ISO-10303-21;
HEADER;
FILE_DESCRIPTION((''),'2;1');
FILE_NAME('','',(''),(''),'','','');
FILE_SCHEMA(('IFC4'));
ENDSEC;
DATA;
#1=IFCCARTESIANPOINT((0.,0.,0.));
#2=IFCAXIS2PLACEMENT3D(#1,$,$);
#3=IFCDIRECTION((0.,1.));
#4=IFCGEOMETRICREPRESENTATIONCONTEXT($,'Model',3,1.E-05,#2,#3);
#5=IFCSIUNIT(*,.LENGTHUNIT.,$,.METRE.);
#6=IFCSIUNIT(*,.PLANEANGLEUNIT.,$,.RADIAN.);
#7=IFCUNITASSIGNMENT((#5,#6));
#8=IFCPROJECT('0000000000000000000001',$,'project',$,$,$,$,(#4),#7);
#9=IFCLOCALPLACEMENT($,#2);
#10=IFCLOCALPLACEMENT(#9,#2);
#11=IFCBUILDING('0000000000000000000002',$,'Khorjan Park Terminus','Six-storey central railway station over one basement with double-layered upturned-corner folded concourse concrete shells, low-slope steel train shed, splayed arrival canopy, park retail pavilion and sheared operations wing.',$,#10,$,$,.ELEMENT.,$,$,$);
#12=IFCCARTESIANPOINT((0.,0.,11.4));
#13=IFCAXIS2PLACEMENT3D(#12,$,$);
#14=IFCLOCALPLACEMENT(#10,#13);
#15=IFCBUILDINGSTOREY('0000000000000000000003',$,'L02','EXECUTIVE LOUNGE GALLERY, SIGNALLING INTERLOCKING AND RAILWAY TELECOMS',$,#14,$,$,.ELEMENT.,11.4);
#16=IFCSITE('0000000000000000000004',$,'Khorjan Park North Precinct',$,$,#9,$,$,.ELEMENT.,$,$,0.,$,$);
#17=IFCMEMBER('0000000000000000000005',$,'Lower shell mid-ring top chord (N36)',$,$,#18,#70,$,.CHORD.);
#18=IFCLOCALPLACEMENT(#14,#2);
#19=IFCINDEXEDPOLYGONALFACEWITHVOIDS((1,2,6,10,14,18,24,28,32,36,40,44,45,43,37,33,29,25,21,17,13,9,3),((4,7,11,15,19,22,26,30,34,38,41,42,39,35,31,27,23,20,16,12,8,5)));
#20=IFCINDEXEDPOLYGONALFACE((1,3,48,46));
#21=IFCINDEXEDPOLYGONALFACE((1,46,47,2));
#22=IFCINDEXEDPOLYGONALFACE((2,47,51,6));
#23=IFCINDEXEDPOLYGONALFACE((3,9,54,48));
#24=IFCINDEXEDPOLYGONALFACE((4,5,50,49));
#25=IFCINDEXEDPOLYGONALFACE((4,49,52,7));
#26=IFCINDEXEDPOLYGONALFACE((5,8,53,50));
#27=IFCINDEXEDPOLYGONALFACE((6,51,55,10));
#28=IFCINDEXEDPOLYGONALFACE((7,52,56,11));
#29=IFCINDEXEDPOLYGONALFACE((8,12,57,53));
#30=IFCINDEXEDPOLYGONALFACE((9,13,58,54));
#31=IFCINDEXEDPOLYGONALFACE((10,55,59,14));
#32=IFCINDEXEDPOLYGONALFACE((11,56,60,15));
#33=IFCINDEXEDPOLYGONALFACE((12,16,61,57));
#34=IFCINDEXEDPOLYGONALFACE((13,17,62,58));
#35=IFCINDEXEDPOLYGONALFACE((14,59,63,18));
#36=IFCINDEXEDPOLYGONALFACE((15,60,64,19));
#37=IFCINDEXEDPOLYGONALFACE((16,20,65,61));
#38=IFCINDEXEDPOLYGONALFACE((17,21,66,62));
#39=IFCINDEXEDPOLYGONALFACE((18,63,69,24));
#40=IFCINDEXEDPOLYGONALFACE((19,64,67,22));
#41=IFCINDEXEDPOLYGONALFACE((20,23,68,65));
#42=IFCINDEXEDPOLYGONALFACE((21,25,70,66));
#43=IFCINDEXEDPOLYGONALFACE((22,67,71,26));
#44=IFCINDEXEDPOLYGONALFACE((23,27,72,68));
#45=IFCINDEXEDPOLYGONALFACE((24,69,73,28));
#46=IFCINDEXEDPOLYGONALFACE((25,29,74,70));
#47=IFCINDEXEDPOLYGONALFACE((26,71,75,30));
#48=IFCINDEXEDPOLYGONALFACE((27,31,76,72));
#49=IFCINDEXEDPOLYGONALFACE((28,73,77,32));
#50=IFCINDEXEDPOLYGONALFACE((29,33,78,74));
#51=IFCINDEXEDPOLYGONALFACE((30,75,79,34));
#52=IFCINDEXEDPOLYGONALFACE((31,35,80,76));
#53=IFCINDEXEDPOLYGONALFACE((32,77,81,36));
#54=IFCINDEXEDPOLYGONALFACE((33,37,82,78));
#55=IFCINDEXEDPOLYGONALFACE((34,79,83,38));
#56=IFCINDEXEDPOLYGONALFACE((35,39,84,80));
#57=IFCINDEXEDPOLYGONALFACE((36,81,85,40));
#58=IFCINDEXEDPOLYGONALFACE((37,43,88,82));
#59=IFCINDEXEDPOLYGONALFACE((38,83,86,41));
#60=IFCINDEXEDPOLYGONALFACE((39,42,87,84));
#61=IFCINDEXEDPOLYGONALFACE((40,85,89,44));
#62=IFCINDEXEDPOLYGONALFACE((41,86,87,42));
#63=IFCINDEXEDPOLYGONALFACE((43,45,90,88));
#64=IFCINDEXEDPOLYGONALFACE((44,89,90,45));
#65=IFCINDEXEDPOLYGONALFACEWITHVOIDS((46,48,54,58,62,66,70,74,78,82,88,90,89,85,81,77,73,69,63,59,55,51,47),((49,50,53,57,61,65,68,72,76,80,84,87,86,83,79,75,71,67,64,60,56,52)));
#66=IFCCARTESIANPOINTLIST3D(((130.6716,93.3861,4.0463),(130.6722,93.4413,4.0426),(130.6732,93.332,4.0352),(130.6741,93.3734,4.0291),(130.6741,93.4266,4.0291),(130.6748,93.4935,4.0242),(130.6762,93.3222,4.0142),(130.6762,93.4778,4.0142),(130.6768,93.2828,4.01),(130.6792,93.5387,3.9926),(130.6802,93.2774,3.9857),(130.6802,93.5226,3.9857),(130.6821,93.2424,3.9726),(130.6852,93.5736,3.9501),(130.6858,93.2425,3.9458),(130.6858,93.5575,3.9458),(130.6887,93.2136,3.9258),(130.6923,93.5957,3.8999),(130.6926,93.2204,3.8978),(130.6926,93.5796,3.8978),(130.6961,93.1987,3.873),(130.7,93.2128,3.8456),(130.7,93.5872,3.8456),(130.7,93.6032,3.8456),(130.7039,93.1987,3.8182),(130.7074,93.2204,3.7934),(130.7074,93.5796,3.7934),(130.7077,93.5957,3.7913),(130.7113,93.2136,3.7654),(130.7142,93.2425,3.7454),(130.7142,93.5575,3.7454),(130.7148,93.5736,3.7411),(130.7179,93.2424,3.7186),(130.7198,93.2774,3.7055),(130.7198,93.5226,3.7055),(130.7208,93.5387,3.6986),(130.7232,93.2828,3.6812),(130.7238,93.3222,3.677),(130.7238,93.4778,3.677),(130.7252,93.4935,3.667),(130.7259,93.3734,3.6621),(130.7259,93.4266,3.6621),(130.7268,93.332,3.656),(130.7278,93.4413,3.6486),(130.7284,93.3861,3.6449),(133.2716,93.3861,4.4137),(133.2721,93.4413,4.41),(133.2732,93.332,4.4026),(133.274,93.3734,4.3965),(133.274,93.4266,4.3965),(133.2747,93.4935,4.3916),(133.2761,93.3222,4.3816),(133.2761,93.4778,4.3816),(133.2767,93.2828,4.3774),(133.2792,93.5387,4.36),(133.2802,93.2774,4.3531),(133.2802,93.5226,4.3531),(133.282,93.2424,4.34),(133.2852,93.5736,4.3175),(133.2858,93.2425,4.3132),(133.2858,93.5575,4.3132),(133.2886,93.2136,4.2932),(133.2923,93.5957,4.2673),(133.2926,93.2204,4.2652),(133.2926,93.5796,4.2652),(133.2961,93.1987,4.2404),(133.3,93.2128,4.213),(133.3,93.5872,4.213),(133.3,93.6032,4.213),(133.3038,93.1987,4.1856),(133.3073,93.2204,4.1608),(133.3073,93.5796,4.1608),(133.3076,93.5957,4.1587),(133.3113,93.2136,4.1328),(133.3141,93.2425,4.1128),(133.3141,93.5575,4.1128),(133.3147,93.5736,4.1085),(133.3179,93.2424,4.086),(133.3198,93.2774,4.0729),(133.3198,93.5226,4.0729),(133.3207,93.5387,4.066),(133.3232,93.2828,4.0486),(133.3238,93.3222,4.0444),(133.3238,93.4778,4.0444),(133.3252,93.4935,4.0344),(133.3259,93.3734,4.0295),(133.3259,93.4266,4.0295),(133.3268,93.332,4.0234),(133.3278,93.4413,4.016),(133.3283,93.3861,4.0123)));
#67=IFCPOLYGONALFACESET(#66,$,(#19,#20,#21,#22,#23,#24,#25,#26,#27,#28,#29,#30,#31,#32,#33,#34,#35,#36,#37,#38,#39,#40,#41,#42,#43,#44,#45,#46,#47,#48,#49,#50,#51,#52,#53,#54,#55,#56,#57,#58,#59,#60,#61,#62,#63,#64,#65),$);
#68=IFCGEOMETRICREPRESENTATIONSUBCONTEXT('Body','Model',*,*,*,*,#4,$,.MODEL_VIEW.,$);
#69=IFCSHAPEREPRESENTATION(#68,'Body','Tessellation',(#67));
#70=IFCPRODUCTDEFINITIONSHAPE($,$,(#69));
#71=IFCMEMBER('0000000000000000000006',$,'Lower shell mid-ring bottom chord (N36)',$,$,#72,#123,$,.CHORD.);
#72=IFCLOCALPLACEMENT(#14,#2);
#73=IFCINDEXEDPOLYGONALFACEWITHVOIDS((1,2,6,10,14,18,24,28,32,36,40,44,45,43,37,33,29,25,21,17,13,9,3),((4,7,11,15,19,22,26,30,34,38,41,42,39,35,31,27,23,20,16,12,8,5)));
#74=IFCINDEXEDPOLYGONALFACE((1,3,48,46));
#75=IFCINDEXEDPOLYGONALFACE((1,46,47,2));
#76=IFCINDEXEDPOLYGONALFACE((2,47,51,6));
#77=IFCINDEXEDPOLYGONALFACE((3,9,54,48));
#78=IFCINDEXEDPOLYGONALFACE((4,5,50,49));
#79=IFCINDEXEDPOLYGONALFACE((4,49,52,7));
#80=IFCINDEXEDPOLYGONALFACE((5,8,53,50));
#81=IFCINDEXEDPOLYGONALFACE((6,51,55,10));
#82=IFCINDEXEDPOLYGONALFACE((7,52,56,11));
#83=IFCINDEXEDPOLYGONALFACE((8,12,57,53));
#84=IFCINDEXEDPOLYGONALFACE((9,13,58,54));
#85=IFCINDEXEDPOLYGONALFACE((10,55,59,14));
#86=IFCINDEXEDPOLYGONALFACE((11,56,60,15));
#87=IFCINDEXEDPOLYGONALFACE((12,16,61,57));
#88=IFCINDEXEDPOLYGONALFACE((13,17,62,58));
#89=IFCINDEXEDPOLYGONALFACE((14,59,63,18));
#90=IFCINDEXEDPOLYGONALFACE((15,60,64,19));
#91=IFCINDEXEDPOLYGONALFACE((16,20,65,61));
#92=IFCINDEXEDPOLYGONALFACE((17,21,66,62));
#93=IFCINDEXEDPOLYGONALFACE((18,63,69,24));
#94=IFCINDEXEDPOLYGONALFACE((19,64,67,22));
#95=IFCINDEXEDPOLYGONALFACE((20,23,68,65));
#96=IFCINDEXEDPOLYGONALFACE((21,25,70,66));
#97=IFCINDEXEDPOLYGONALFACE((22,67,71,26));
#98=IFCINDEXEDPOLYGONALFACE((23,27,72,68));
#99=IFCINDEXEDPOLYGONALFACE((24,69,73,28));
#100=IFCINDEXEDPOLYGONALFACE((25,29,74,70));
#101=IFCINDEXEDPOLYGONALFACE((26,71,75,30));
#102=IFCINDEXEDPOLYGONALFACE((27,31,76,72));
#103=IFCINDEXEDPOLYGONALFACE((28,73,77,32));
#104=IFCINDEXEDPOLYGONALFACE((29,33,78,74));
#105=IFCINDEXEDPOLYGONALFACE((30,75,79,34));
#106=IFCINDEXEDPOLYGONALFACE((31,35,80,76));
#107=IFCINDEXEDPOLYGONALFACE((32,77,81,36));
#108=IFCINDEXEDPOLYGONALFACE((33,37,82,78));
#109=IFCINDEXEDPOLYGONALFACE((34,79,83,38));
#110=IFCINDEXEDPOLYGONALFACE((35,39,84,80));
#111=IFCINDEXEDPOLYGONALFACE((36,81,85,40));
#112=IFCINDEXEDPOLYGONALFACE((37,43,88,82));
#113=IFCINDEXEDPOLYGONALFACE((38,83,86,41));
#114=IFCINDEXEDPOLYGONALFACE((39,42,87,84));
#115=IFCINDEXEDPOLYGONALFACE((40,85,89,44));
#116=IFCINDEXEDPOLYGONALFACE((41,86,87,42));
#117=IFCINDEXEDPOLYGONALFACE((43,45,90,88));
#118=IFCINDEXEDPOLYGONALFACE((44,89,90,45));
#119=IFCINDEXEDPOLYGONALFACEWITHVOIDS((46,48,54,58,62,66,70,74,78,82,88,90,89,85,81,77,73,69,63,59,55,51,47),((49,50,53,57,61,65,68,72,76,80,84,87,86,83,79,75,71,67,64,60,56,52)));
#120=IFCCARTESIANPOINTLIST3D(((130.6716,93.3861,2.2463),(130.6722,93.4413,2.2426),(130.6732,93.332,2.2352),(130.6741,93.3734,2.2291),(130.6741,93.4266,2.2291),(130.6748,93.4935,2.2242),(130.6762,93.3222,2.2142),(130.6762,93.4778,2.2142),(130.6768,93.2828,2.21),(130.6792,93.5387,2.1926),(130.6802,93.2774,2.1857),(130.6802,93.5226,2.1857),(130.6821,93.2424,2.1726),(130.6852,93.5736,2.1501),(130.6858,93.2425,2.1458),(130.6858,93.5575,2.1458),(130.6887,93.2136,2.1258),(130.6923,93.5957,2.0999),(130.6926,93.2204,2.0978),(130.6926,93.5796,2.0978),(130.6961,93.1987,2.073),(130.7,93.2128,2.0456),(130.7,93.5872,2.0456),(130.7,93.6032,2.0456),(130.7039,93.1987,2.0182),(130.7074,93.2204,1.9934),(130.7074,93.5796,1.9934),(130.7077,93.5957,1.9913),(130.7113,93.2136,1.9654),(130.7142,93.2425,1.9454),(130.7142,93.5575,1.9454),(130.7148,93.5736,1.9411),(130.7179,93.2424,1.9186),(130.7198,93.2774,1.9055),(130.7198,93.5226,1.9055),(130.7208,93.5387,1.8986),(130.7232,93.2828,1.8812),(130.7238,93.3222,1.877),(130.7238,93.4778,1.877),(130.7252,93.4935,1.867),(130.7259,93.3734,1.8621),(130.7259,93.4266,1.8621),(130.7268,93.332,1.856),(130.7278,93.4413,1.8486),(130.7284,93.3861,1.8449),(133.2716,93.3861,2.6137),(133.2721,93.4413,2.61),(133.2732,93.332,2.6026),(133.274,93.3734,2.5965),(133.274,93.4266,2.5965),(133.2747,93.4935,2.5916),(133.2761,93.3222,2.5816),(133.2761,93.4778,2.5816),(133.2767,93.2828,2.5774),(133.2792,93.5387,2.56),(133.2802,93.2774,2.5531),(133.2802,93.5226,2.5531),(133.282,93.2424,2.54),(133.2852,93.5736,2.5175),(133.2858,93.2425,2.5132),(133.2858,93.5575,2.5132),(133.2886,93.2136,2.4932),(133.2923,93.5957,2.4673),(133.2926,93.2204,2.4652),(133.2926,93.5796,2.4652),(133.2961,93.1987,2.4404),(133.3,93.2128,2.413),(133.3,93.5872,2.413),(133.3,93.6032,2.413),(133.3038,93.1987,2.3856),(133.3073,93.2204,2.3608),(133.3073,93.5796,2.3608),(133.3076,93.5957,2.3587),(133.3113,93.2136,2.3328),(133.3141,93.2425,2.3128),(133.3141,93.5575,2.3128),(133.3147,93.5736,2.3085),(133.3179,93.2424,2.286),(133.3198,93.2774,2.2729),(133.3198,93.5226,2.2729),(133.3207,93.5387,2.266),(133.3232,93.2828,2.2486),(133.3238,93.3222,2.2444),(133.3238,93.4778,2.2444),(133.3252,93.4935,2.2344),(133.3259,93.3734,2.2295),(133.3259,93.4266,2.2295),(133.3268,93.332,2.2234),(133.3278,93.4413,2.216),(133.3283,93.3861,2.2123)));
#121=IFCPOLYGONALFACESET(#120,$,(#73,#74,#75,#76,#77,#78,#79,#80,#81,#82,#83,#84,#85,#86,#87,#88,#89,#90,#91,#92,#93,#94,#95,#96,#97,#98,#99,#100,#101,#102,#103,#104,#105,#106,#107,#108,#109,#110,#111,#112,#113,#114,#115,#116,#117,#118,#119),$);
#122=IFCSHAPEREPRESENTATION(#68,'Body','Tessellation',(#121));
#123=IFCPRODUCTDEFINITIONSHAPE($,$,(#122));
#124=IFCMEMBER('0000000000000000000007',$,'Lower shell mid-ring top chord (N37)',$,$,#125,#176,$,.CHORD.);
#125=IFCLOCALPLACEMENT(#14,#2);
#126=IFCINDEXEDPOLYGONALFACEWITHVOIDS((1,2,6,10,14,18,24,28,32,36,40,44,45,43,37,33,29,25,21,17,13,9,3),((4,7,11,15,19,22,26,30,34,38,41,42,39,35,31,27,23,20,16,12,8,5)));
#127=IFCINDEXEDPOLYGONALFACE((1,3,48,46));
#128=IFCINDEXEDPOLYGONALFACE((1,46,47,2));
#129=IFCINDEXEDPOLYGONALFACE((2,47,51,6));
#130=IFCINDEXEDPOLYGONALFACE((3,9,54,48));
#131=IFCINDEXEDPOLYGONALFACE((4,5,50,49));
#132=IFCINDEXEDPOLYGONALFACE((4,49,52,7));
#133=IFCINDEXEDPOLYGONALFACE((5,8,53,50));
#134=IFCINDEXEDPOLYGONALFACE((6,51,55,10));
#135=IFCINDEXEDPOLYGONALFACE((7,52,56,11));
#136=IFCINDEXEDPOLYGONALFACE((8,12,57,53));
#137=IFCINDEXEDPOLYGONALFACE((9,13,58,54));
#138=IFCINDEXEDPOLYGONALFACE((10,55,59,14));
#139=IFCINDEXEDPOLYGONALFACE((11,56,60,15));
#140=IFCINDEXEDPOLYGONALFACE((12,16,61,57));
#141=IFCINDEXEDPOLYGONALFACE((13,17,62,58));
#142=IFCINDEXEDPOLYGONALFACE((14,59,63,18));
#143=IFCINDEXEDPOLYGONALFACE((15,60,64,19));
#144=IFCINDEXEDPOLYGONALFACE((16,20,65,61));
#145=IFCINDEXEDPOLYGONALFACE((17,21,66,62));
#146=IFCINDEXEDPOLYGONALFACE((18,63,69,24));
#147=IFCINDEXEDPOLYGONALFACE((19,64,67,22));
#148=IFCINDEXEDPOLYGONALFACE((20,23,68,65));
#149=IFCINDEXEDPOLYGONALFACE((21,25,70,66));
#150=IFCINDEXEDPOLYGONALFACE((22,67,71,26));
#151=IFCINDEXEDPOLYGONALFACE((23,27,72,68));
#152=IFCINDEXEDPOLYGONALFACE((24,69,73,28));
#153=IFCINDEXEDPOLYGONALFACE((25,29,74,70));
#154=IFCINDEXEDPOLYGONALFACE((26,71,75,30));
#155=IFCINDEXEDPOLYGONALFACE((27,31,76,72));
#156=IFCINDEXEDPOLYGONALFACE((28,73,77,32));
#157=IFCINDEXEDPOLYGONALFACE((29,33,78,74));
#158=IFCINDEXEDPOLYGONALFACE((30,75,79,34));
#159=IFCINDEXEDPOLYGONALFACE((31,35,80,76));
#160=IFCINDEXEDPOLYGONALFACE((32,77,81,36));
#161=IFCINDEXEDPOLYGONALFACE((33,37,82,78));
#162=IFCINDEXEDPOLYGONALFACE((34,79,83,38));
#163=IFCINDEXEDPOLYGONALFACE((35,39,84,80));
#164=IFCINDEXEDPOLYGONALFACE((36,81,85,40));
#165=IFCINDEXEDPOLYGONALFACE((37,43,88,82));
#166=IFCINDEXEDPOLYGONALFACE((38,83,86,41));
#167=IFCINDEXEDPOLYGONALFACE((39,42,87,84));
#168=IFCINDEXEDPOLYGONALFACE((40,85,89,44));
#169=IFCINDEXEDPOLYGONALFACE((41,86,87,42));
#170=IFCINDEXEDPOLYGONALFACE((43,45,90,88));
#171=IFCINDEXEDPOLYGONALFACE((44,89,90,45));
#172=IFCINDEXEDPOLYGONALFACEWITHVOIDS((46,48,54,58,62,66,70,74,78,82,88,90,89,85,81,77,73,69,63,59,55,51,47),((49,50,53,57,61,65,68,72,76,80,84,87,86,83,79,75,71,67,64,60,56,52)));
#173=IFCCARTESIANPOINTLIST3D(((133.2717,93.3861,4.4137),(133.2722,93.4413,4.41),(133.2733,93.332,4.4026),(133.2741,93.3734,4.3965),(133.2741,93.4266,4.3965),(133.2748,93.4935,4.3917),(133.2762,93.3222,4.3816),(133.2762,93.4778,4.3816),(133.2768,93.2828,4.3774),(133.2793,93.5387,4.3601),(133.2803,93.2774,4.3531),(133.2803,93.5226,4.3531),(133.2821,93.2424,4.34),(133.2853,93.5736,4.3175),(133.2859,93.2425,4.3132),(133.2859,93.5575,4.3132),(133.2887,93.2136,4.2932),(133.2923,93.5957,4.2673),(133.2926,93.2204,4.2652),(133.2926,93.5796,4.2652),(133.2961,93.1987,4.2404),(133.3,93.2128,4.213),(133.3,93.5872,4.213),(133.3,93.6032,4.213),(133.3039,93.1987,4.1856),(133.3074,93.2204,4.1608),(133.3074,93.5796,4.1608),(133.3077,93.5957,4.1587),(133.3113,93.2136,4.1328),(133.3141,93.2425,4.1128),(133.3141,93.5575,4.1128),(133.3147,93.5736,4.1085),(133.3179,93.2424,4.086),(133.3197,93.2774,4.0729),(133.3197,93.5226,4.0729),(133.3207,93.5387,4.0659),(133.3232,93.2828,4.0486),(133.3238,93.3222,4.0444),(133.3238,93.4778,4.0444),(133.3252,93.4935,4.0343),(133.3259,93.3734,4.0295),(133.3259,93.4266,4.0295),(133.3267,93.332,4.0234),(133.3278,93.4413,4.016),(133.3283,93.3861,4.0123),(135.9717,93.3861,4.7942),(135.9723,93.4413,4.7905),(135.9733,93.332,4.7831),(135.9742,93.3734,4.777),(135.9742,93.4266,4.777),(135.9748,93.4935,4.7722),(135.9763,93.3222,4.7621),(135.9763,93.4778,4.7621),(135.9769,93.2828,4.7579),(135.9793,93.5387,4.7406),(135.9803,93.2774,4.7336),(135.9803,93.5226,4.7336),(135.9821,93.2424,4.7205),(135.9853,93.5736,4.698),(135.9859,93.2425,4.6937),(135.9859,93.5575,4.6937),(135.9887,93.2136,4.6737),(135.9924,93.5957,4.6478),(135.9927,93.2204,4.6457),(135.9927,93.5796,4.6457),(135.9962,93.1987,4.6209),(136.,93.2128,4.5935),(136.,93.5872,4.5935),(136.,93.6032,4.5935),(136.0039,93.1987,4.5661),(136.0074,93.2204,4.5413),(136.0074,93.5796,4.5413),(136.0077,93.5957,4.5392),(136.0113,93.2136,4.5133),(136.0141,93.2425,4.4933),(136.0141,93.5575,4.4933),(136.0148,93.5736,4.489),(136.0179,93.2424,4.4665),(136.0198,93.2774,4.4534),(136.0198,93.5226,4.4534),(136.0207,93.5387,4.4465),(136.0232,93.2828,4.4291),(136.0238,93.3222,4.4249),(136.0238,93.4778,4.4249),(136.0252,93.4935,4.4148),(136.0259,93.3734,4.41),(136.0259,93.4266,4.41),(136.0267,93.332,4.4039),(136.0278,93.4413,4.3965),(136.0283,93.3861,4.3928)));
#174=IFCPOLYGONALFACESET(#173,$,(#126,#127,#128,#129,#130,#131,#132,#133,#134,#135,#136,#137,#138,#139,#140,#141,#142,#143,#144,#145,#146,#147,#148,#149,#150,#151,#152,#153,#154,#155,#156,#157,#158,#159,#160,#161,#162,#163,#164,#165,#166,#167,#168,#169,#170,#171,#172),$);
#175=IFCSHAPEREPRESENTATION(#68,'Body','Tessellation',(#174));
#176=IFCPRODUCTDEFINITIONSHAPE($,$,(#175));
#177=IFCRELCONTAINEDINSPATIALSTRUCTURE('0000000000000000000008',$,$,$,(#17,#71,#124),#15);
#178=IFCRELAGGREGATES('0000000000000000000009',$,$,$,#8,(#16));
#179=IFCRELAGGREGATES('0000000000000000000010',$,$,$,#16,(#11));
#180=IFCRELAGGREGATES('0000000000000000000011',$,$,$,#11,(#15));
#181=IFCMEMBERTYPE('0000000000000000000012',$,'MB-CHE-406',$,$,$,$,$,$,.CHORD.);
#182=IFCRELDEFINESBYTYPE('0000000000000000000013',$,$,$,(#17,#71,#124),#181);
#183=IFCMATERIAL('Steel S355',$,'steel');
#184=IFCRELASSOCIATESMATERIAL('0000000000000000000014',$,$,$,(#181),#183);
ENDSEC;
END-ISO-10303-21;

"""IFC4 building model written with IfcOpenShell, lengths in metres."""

from ifc_helpers import new_model, si_unit, direction, frame, origin, origin_2d, place, context, subcontext, project, spatial, hollow_circle, extrude, material, material_profile, profile_set, type_object, element, save


model = new_model("IFC4")

# Units and contexts
model_context = context("Model", 3, precision=1e-05, world=origin(), true_north=direction((0.0, 1.0)))
body_context = subcontext(model_context, "Body", "Model", "MODEL_VIEW")
ifc_project = project(units=[si_unit("LENGTHUNIT", "METRE"), si_unit("PLANEANGLEUNIT", "RADIAN")], contexts=[model_context])

# Site, building, storey
site_placement = place(None, origin())
site = spatial("IfcSite", under=ifc_project, at=site_placement, Name="Khorjan Park North Precinct", CompositionType="ELEMENT", RefElevation=0.0)
building_placement = place(site_placement, origin())
building = spatial("IfcBuilding", under=site, at=building_placement, Name="Khorjan Park Terminus", Description="Six-storey central railway station over one basement with double-layered upturned-corner folded concourse concrete shells, low-slope steel train shed, splayed arrival canopy, park retail pavilion and sheared operations wing.", CompositionType="ELEMENT")
storey_placement = place(building_placement, frame((0.0, 0.0, 11.4)))
storey = spatial("IfcBuildingStorey", under=building, at=storey_placement, Name="L02", Description="EXECUTIVE LOUNGE GALLERY, SIGNALLING INTERLOCKING AND RAILWAY TELECOMS", CompositionType="ELEMENT", Elevation=11.4)

# Members
ifc_material_1 = material(Name="Steel S355", Category="steel")
ifc_material_profile_1 = material_profile(ifc_material_1, hollow_circle(Radius=0.2032, WallThickness=0.016, at=origin_2d()), Name="CHS 406.4x16")
ifc_profile_set_1 = profile_set([ifc_material_profile_1], Name="Steel S355")
member_type_1 = type_object("IfcMemberType", Name="MB-CHE-406", PredefinedType="CHORD", material=ifc_profile_set_1)
for number, where, z_axis, x_axis, name in (
    (1, (130.7, 93.4, 3.8456), (0.990163, 0.0, 0.139918), (0.0, 1.0, 0.0), "Lower shell mid-ring top chord (N36)"),
    (2, (130.7, 93.4, 2.0456), (0.990163, 0.0, 0.139918), (0.0, 1.0, 0.0), "Lower shell mid-ring bottom chord (N36)"),
):
    element("IfcMember", number, at=place(storey_placement, frame(where, z_axis=z_axis, x_axis=x_axis)), inside=storey, type_object=member_type_1, Name=name, PredefinedType="CHORD", context=body_context, shape_type="SweptSolid", body=[
        extrude(hollow_circle(Radius=0.2032, WallThickness=0.016, at=origin_2d()), origin(), (0.0, 0.0, 1.0), 2.6258),
    ])
for number, where, z_axis, x_axis, name in (
    (3, (133.3, 93.4, 4.213), (0.990215, 0.0, 0.139547), (0.0, 1.0, 0.0), "Lower shell mid-ring top chord (N37)"),
):
    element("IfcMember", number, at=place(storey_placement, frame(where, z_axis=z_axis, x_axis=x_axis)), inside=storey, type_object=member_type_1, Name=name, PredefinedType="CHORD", context=body_context, shape_type="SweptSolid", body=[
        extrude(hollow_circle(Radius=0.2032, WallThickness=0.016, at=origin_2d()), origin(), (0.0, 0.0, 1.0), 2.7267),
    ])

save(model, "model.ifc")
